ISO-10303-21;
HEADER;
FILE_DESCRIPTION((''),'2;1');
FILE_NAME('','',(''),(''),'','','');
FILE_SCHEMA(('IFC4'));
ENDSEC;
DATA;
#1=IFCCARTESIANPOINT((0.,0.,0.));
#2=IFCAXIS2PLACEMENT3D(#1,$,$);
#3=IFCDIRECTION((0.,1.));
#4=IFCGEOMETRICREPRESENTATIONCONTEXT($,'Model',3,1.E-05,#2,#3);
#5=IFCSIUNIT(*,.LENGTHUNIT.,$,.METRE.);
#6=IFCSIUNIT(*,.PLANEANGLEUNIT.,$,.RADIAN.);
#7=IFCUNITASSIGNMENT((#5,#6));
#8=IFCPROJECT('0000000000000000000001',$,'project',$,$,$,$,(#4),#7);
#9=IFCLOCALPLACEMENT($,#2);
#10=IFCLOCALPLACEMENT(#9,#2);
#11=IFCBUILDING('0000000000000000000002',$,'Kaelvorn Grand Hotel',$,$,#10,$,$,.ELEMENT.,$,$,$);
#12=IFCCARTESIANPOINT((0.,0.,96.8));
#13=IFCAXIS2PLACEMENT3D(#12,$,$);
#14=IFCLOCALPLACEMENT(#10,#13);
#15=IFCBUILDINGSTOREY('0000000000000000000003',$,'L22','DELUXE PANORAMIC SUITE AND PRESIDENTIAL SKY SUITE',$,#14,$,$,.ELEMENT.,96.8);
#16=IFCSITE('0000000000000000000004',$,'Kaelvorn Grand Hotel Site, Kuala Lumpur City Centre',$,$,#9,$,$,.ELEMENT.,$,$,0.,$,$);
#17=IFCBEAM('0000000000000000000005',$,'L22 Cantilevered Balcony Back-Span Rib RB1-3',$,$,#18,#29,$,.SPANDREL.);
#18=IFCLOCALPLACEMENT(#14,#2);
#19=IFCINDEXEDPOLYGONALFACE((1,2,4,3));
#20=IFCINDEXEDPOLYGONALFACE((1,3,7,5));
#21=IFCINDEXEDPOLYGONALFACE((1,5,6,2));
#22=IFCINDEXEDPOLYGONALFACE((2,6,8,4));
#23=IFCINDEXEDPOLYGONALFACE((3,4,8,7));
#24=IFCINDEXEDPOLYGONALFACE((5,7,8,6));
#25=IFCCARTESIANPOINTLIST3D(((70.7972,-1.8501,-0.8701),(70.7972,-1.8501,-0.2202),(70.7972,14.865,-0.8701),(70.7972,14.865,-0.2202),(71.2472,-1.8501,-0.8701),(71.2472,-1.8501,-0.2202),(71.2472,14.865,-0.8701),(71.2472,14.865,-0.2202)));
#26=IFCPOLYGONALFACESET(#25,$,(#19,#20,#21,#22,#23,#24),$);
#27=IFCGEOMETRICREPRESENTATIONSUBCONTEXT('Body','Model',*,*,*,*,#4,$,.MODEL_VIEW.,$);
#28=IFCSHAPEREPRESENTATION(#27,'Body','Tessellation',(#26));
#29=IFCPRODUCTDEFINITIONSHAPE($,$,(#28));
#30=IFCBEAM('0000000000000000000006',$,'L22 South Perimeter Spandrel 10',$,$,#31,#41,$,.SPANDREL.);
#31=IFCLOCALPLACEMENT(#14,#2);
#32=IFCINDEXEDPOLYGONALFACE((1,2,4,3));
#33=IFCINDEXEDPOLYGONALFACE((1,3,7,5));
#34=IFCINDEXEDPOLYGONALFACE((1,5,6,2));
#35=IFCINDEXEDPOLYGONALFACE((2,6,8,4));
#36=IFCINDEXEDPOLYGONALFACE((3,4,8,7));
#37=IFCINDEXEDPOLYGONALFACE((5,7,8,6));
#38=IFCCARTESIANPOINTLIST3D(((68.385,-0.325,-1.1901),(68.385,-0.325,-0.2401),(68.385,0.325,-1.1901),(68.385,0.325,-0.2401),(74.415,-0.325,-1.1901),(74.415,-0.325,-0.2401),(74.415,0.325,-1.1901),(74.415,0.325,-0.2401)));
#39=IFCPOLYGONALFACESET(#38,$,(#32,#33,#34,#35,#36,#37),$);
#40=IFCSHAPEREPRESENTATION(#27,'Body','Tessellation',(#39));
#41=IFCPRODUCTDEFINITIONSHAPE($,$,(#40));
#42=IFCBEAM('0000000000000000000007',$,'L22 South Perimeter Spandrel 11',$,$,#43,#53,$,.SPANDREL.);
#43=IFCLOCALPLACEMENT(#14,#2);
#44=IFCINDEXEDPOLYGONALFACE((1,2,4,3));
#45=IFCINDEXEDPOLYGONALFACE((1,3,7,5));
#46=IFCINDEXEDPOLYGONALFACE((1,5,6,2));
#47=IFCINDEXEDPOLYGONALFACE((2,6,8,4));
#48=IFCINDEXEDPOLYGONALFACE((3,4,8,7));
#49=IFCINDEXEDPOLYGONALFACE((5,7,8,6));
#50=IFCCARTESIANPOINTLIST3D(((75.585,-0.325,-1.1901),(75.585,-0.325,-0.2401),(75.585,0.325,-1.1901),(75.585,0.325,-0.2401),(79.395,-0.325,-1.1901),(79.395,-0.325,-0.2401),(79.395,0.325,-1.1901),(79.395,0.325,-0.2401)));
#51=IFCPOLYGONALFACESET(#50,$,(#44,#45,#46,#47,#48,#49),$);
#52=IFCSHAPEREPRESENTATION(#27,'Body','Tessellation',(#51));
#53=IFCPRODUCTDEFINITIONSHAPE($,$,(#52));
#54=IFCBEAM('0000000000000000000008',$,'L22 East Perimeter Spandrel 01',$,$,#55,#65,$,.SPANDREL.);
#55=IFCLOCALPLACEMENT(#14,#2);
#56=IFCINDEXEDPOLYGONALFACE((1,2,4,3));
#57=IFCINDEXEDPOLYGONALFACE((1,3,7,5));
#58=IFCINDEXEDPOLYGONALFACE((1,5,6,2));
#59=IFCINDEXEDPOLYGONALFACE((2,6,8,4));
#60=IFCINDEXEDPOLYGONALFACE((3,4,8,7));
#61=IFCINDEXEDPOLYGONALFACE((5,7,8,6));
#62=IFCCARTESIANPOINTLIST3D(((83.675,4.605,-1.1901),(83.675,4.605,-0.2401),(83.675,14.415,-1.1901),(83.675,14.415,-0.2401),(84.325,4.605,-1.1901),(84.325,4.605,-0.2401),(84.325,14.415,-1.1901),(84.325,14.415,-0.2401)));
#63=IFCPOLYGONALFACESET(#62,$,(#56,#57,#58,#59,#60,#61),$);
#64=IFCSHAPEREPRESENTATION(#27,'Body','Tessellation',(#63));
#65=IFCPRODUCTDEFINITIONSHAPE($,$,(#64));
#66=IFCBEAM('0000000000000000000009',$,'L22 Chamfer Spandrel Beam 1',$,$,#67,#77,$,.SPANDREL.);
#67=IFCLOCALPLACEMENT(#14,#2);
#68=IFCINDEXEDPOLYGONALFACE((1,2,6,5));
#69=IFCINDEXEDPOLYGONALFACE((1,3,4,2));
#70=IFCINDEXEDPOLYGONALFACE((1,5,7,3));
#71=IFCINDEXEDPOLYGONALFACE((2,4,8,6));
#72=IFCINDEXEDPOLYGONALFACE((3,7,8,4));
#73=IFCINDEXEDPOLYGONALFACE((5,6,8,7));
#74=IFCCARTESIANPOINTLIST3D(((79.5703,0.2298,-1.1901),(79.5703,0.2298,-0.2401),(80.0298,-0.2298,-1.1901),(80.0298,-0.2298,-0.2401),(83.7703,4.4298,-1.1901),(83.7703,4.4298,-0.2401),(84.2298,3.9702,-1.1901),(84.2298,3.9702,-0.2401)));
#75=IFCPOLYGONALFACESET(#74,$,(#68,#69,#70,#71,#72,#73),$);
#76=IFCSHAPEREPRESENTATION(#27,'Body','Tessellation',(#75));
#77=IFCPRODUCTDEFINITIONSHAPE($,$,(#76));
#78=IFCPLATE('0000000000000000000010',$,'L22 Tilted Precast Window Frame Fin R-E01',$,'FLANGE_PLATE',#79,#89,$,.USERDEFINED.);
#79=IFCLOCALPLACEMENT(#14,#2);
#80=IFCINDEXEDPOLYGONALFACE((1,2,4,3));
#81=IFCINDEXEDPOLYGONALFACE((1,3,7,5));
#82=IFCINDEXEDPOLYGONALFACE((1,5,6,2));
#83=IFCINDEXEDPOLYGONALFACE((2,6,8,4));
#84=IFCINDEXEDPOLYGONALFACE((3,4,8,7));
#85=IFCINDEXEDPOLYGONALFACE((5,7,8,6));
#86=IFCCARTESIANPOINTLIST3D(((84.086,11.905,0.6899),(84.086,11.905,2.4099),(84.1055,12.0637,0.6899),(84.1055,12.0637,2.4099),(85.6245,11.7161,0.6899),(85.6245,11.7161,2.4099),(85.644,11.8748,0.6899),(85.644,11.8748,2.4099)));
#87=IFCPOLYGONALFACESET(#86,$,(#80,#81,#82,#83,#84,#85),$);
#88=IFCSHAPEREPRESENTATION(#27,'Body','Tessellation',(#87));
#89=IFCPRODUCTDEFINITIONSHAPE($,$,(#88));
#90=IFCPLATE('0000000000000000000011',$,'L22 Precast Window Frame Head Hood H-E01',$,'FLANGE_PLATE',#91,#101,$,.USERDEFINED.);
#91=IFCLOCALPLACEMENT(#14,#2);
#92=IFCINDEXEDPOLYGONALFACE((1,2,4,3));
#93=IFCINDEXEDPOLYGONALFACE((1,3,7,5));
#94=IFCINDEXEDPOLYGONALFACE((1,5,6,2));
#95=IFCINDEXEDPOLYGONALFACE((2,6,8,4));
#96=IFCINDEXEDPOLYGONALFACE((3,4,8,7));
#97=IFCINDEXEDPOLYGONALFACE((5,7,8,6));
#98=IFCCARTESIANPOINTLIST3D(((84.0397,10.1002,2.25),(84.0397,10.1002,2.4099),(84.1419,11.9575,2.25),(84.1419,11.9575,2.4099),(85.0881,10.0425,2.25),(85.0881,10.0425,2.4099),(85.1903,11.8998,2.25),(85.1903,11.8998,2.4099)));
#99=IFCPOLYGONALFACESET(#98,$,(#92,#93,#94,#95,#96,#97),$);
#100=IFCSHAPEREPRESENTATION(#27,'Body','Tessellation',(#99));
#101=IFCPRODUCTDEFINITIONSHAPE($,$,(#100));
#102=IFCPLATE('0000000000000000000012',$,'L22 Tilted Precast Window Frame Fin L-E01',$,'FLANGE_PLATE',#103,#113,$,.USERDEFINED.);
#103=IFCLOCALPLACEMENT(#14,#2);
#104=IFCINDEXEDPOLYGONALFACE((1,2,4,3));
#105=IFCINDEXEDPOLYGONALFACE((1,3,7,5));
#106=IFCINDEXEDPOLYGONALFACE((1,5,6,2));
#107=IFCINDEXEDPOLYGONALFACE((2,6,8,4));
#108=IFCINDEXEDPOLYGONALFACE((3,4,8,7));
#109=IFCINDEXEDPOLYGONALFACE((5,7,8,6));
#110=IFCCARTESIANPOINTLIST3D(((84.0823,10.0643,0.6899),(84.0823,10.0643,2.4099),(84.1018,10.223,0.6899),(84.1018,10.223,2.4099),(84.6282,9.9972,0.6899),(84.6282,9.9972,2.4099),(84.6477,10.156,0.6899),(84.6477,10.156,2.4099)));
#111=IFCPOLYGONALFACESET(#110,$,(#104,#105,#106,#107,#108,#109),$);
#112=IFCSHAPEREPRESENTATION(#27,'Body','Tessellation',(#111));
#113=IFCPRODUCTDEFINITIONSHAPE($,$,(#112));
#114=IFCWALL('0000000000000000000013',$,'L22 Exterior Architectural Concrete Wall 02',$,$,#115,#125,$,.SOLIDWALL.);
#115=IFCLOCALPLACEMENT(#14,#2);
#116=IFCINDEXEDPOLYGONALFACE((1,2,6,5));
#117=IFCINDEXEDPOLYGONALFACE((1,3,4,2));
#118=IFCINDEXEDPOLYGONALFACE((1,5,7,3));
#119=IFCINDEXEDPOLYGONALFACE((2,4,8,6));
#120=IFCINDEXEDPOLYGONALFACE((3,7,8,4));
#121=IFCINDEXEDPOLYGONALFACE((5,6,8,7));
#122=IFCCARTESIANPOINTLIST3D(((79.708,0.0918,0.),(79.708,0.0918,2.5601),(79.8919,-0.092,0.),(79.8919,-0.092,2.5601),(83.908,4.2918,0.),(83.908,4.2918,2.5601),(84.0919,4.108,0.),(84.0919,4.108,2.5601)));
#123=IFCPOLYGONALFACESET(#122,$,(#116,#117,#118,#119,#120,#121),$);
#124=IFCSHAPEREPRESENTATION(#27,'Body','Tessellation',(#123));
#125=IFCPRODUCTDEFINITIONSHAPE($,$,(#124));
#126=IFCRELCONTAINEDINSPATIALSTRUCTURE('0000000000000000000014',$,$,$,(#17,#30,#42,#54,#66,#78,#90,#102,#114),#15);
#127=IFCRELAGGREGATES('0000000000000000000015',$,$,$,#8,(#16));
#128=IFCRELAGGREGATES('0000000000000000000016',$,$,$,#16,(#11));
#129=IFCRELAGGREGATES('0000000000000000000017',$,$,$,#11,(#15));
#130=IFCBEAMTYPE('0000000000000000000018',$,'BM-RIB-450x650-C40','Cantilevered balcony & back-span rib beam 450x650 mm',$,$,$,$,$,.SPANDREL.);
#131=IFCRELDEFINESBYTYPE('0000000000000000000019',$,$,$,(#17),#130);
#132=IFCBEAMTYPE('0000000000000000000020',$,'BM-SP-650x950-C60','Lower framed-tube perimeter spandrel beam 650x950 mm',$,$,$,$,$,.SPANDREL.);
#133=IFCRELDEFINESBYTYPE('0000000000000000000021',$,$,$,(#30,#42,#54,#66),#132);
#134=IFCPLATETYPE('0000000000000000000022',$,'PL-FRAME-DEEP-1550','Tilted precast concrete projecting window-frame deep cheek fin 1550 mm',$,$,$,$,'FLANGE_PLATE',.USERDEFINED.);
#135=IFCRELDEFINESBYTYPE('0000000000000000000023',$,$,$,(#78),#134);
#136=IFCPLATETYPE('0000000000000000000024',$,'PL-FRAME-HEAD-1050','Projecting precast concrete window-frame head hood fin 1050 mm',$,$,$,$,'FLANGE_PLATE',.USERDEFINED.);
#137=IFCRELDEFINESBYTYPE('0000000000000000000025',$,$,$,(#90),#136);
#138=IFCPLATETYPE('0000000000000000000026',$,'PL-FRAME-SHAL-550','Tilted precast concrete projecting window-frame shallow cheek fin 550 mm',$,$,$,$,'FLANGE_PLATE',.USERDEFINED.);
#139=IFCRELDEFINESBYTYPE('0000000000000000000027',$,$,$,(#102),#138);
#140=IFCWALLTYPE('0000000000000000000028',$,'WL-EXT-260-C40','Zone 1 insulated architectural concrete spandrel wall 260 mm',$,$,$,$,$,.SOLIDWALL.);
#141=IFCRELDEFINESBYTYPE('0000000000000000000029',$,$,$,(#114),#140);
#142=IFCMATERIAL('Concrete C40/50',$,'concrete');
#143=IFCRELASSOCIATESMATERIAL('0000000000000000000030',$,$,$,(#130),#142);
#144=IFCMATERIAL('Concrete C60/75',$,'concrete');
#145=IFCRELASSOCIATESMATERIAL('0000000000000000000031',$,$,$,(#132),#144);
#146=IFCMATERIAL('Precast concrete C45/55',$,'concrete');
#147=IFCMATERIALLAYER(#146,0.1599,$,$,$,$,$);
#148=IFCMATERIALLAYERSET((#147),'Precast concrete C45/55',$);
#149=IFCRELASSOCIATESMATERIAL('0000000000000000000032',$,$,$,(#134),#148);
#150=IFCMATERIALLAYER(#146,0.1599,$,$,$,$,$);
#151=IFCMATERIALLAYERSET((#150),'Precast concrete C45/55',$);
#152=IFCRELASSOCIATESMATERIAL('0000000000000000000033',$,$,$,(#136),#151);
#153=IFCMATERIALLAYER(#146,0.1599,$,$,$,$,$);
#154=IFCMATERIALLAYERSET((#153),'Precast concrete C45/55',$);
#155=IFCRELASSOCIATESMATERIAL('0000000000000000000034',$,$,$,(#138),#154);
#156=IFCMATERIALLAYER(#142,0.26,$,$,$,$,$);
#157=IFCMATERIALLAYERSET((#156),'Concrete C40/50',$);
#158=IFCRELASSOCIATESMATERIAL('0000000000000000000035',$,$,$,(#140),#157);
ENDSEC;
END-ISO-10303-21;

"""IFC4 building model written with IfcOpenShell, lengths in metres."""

from ifc_helpers import new_model, si_unit, direction, frame, frame_2d, origin, origin_2d, place, context, subcontext, project, spatial, rectangle, extrude, material, layer, layer_set, material_profile, profile_set, type_object, element, save


model = new_model("IFC4")

# Units and contexts
model_context = context("Model", 3, precision=1e-05, world=origin(), true_north=direction((0.0, 1.0)))
body_context = subcontext(model_context, "Body", "Model", "MODEL_VIEW")
ifc_project = project(units=[si_unit("LENGTHUNIT", "METRE"), si_unit("PLANEANGLEUNIT", "RADIAN")], contexts=[model_context])

# Site, building, storey
site_placement = place(None, origin())
site = spatial("IfcSite", under=ifc_project, at=site_placement, Name="Kaelvorn Grand Hotel Site, Kuala Lumpur City Centre", CompositionType="ELEMENT", RefElevation=0.0)
building_placement = place(site_placement, origin())
building = spatial("IfcBuilding", under=site, at=building_placement, Name="Kaelvorn Grand Hotel", CompositionType="ELEMENT")
storey_placement = place(building_placement, frame((0.0, 0.0, 96.8)))
storey = spatial("IfcBuildingStorey", under=building, at=storey_placement, Name="L22", Description="DELUXE PANORAMIC SUITE AND PRESIDENTIAL SKY SUITE", CompositionType="ELEMENT", Elevation=96.8)

# Shared definitions
ifc_material_1 = material(Name="Concrete C60/75", Category="concrete")

# Beams
ifc_material_2 = material(Name="Concrete C40/50", Category="concrete")
ifc_material_profile_1 = material_profile(ifc_material_2, rectangle(XDim=0.45, YDim=0.6499, at=origin_2d()), Name="RC RIB 450x650")
ifc_profile_set_1 = profile_set([ifc_material_profile_1], Name="Concrete C40/50")
beam_type_1 = type_object("IfcBeamType", Name="BM-RIB-450x650-C40", Description="Cantilevered balcony & back-span rib beam 450x650 mm", PredefinedType="SPANDREL", material=ifc_profile_set_1)
beam_1_placement = place(storey_placement, frame((71.0222, -1.8501, -0.5452), z_axis=(0.0, 1.0, 0.0), x_axis=(-1.0, 0.0, 0.0)))
element("IfcBeam", 1, at=beam_1_placement, inside=storey, type_object=beam_type_1, Name="L22 Cantilevered Balcony Back-Span Rib RB1-3", PredefinedType="SPANDREL", context=body_context, shape_type="SweptSolid", body=[
    extrude(rectangle(XDim=0.45, YDim=0.6499, at=origin_2d()), origin(), (0.0, 0.0, 1.0), 16.7151),
])
ifc_material_profile_2 = material_profile(ifc_material_1, rectangle(XDim=0.6499, YDim=0.95, at=origin_2d()), Name="RC SPANDREL 650x950")
ifc_profile_set_2 = profile_set([ifc_material_profile_2], Name="Concrete C60/75")
beam_type_2 = type_object("IfcBeamType", Name="BM-SP-650x950-C60", Description="Lower framed-tube perimeter spandrel beam 650x950 mm", PredefinedType="SPANDREL", material=ifc_profile_set_2)
beam_2_placement = place(storey_placement, frame((68.385, 0.0, -0.7151), z_axis=(1.0, 0.0, 0.0), x_axis=(0.0, 1.0, 0.0)))
element("IfcBeam", 2, at=beam_2_placement, inside=storey, type_object=beam_type_2, Name="L22 South Perimeter Spandrel 10", PredefinedType="SPANDREL", context=body_context, shape_type="SweptSolid", body=[
    extrude(rectangle(XDim=0.6499, YDim=0.95, at=origin_2d()), origin(), (0.0, 0.0, 1.0), 6.03),
])
beam_3_placement = place(storey_placement, frame((75.585, 0.0, -0.7151), z_axis=(1.0, 0.0, 0.0), x_axis=(0.0, 1.0, 0.0)))
element("IfcBeam", 3, at=beam_3_placement, inside=storey, type_object=beam_type_2, Name="L22 South Perimeter Spandrel 11", PredefinedType="SPANDREL", context=body_context, shape_type="SweptSolid", body=[
    extrude(rectangle(XDim=0.6499, YDim=0.95, at=origin_2d()), origin(), (0.0, 0.0, 1.0), 3.8101),
])
beam_4_placement = place(storey_placement, frame((84.0, 4.605, -0.7151), z_axis=(0.0, 1.0, 0.0), x_axis=(-1.0, 0.0, 0.0)))
element("IfcBeam", 4, at=beam_4_placement, inside=storey, type_object=beam_type_2, Name="L22 East Perimeter Spandrel 01", PredefinedType="SPANDREL", context=body_context, shape_type="SweptSolid", body=[
    extrude(rectangle(XDim=0.6499, YDim=0.95, at=origin_2d()), origin(), (0.0, 0.0, 1.0), 9.8101),
])
beam_5_placement = place(storey_placement, frame((79.8, 0.0, -0.7151), z_axis=(0.707107, 0.707107, 0.0), x_axis=(-0.707107, 0.707107, 0.0)))
element("IfcBeam", 5, at=beam_5_placement, inside=storey, type_object=beam_type_2, Name="L22 Chamfer Spandrel Beam 1", PredefinedType="SPANDREL", context=body_context, shape_type="SweptSolid", body=[
    extrude(rectangle(XDim=0.6499, YDim=0.95, at=origin_2d()), origin(), (0.0, 0.0, 1.0), 5.9397),
])

# Plates
ifc_material_3 = material(Name="Precast concrete C45/55", Category="concrete")
ifc_layer_1 = layer(ifc_material_3, 0.1599)
ifc_layer_set_1 = layer_set([ifc_layer_1], Name="Precast concrete C45/55")
plate_type_1 = type_object("IfcPlateType", Name="PL-FRAME-DEEP-1550", Description="Tilted precast concrete projecting window-frame deep cheek fin 1550 mm", ElementType="FLANGE_PLATE", PredefinedType="USERDEFINED", material=ifc_layer_set_1)
plate_1_placement = place(storey_placement, frame((84.865, 11.8899, 0.6899), z_axis=(0.0, 0.0, 1.0), x_axis=(0.121869, 0.992546, 0.0)))
element("IfcPlate", 6, at=plate_1_placement, inside=storey, type_object=plate_type_1, Name="L22 Tilted Precast Window Frame Fin R-E01", ObjectType="FLANGE_PLATE", PredefinedType="USERDEFINED", context=body_context, shape_type="SweptSolid", body=[
    extrude(rectangle(XDim=0.1599, YDim=1.55, at=origin_2d()), origin(), (0.0, 0.0, 1.0), 1.72),
])
ifc_layer_2 = layer(ifc_material_3, 0.1599)
ifc_layer_set_2 = layer_set([ifc_layer_2], Name="Precast concrete C45/55")
plate_type_2 = type_object("IfcPlateType", Name="PL-FRAME-HEAD-1050", Description="Projecting precast concrete window-frame head hood fin 1050 mm", ElementType="FLANGE_PLATE", PredefinedType="USERDEFINED", material=ifc_layer_set_2)
plate_2_placement = place(storey_placement, frame((84.615, 11.0, 2.25), z_axis=(0.0, 0.0, 1.0), x_axis=(0.05495, 0.998489, 0.0)))
element("IfcPlate", 7, at=plate_2_placement, inside=storey, type_object=plate_type_2, Name="L22 Precast Window Frame Head Hood H-E01", ObjectType="FLANGE_PLATE", PredefinedType="USERDEFINED", context=body_context, shape_type="SweptSolid", body=[
    extrude(rectangle(XDim=1.8601, YDim=1.05, at=origin_2d()), origin(), (0.0, 0.0, 1.0), 0.1599),
])
ifc_layer_3 = layer(ifc_material_3, 0.1599)
ifc_layer_set_3 = layer_set([ifc_layer_3], Name="Precast concrete C45/55")
plate_type_3 = type_object("IfcPlateType", Name="PL-FRAME-SHAL-550", Description="Tilted precast concrete projecting window-frame shallow cheek fin 550 mm", ElementType="FLANGE_PLATE", PredefinedType="USERDEFINED", material=ifc_layer_set_3)
plate_3_placement = place(storey_placement, frame((84.365, 10.1101, 0.6899), z_axis=(0.0, 0.0, 1.0), x_axis=(0.121869, 0.992546, 0.0)))
element("IfcPlate", 8, at=plate_3_placement, inside=storey, type_object=plate_type_3, Name="L22 Tilted Precast Window Frame Fin L-E01", ObjectType="FLANGE_PLATE", PredefinedType="USERDEFINED", context=body_context, shape_type="SweptSolid", body=[
    extrude(rectangle(XDim=0.1599, YDim=0.55, at=origin_2d()), origin(), (0.0, 0.0, 1.0), 1.72),
])

# Wall
ifc_layer_4 = layer(ifc_material_2, 0.26)
ifc_layer_set_4 = layer_set([ifc_layer_4], Name="Concrete C40/50")
wall_type_1 = type_object("IfcWallType", Name="WL-EXT-260-C40", Description="Zone 1 insulated architectural concrete spandrel wall 260 mm", PredefinedType="SOLIDWALL", material=ifc_layer_set_4)
wall_1_placement = place(storey_placement, frame((79.8, 0.0, 0.0), z_axis=(0.0, 0.0, 1.0), x_axis=(0.707107, 0.707107, 0.0)))
element("IfcWall", 9, at=wall_1_placement, inside=storey, type_object=wall_type_1, Name="L22 Exterior Architectural Concrete Wall 02", PredefinedType="SOLIDWALL", context=body_context, shape_type="SweptSolid", body=[
    extrude(rectangle(XDim=5.9397, YDim=0.26, at=frame_2d((2.9697, 0.0))), origin(), (0.0, 0.0, 1.0), 2.5601),
])

save(model, "model.ifc")
